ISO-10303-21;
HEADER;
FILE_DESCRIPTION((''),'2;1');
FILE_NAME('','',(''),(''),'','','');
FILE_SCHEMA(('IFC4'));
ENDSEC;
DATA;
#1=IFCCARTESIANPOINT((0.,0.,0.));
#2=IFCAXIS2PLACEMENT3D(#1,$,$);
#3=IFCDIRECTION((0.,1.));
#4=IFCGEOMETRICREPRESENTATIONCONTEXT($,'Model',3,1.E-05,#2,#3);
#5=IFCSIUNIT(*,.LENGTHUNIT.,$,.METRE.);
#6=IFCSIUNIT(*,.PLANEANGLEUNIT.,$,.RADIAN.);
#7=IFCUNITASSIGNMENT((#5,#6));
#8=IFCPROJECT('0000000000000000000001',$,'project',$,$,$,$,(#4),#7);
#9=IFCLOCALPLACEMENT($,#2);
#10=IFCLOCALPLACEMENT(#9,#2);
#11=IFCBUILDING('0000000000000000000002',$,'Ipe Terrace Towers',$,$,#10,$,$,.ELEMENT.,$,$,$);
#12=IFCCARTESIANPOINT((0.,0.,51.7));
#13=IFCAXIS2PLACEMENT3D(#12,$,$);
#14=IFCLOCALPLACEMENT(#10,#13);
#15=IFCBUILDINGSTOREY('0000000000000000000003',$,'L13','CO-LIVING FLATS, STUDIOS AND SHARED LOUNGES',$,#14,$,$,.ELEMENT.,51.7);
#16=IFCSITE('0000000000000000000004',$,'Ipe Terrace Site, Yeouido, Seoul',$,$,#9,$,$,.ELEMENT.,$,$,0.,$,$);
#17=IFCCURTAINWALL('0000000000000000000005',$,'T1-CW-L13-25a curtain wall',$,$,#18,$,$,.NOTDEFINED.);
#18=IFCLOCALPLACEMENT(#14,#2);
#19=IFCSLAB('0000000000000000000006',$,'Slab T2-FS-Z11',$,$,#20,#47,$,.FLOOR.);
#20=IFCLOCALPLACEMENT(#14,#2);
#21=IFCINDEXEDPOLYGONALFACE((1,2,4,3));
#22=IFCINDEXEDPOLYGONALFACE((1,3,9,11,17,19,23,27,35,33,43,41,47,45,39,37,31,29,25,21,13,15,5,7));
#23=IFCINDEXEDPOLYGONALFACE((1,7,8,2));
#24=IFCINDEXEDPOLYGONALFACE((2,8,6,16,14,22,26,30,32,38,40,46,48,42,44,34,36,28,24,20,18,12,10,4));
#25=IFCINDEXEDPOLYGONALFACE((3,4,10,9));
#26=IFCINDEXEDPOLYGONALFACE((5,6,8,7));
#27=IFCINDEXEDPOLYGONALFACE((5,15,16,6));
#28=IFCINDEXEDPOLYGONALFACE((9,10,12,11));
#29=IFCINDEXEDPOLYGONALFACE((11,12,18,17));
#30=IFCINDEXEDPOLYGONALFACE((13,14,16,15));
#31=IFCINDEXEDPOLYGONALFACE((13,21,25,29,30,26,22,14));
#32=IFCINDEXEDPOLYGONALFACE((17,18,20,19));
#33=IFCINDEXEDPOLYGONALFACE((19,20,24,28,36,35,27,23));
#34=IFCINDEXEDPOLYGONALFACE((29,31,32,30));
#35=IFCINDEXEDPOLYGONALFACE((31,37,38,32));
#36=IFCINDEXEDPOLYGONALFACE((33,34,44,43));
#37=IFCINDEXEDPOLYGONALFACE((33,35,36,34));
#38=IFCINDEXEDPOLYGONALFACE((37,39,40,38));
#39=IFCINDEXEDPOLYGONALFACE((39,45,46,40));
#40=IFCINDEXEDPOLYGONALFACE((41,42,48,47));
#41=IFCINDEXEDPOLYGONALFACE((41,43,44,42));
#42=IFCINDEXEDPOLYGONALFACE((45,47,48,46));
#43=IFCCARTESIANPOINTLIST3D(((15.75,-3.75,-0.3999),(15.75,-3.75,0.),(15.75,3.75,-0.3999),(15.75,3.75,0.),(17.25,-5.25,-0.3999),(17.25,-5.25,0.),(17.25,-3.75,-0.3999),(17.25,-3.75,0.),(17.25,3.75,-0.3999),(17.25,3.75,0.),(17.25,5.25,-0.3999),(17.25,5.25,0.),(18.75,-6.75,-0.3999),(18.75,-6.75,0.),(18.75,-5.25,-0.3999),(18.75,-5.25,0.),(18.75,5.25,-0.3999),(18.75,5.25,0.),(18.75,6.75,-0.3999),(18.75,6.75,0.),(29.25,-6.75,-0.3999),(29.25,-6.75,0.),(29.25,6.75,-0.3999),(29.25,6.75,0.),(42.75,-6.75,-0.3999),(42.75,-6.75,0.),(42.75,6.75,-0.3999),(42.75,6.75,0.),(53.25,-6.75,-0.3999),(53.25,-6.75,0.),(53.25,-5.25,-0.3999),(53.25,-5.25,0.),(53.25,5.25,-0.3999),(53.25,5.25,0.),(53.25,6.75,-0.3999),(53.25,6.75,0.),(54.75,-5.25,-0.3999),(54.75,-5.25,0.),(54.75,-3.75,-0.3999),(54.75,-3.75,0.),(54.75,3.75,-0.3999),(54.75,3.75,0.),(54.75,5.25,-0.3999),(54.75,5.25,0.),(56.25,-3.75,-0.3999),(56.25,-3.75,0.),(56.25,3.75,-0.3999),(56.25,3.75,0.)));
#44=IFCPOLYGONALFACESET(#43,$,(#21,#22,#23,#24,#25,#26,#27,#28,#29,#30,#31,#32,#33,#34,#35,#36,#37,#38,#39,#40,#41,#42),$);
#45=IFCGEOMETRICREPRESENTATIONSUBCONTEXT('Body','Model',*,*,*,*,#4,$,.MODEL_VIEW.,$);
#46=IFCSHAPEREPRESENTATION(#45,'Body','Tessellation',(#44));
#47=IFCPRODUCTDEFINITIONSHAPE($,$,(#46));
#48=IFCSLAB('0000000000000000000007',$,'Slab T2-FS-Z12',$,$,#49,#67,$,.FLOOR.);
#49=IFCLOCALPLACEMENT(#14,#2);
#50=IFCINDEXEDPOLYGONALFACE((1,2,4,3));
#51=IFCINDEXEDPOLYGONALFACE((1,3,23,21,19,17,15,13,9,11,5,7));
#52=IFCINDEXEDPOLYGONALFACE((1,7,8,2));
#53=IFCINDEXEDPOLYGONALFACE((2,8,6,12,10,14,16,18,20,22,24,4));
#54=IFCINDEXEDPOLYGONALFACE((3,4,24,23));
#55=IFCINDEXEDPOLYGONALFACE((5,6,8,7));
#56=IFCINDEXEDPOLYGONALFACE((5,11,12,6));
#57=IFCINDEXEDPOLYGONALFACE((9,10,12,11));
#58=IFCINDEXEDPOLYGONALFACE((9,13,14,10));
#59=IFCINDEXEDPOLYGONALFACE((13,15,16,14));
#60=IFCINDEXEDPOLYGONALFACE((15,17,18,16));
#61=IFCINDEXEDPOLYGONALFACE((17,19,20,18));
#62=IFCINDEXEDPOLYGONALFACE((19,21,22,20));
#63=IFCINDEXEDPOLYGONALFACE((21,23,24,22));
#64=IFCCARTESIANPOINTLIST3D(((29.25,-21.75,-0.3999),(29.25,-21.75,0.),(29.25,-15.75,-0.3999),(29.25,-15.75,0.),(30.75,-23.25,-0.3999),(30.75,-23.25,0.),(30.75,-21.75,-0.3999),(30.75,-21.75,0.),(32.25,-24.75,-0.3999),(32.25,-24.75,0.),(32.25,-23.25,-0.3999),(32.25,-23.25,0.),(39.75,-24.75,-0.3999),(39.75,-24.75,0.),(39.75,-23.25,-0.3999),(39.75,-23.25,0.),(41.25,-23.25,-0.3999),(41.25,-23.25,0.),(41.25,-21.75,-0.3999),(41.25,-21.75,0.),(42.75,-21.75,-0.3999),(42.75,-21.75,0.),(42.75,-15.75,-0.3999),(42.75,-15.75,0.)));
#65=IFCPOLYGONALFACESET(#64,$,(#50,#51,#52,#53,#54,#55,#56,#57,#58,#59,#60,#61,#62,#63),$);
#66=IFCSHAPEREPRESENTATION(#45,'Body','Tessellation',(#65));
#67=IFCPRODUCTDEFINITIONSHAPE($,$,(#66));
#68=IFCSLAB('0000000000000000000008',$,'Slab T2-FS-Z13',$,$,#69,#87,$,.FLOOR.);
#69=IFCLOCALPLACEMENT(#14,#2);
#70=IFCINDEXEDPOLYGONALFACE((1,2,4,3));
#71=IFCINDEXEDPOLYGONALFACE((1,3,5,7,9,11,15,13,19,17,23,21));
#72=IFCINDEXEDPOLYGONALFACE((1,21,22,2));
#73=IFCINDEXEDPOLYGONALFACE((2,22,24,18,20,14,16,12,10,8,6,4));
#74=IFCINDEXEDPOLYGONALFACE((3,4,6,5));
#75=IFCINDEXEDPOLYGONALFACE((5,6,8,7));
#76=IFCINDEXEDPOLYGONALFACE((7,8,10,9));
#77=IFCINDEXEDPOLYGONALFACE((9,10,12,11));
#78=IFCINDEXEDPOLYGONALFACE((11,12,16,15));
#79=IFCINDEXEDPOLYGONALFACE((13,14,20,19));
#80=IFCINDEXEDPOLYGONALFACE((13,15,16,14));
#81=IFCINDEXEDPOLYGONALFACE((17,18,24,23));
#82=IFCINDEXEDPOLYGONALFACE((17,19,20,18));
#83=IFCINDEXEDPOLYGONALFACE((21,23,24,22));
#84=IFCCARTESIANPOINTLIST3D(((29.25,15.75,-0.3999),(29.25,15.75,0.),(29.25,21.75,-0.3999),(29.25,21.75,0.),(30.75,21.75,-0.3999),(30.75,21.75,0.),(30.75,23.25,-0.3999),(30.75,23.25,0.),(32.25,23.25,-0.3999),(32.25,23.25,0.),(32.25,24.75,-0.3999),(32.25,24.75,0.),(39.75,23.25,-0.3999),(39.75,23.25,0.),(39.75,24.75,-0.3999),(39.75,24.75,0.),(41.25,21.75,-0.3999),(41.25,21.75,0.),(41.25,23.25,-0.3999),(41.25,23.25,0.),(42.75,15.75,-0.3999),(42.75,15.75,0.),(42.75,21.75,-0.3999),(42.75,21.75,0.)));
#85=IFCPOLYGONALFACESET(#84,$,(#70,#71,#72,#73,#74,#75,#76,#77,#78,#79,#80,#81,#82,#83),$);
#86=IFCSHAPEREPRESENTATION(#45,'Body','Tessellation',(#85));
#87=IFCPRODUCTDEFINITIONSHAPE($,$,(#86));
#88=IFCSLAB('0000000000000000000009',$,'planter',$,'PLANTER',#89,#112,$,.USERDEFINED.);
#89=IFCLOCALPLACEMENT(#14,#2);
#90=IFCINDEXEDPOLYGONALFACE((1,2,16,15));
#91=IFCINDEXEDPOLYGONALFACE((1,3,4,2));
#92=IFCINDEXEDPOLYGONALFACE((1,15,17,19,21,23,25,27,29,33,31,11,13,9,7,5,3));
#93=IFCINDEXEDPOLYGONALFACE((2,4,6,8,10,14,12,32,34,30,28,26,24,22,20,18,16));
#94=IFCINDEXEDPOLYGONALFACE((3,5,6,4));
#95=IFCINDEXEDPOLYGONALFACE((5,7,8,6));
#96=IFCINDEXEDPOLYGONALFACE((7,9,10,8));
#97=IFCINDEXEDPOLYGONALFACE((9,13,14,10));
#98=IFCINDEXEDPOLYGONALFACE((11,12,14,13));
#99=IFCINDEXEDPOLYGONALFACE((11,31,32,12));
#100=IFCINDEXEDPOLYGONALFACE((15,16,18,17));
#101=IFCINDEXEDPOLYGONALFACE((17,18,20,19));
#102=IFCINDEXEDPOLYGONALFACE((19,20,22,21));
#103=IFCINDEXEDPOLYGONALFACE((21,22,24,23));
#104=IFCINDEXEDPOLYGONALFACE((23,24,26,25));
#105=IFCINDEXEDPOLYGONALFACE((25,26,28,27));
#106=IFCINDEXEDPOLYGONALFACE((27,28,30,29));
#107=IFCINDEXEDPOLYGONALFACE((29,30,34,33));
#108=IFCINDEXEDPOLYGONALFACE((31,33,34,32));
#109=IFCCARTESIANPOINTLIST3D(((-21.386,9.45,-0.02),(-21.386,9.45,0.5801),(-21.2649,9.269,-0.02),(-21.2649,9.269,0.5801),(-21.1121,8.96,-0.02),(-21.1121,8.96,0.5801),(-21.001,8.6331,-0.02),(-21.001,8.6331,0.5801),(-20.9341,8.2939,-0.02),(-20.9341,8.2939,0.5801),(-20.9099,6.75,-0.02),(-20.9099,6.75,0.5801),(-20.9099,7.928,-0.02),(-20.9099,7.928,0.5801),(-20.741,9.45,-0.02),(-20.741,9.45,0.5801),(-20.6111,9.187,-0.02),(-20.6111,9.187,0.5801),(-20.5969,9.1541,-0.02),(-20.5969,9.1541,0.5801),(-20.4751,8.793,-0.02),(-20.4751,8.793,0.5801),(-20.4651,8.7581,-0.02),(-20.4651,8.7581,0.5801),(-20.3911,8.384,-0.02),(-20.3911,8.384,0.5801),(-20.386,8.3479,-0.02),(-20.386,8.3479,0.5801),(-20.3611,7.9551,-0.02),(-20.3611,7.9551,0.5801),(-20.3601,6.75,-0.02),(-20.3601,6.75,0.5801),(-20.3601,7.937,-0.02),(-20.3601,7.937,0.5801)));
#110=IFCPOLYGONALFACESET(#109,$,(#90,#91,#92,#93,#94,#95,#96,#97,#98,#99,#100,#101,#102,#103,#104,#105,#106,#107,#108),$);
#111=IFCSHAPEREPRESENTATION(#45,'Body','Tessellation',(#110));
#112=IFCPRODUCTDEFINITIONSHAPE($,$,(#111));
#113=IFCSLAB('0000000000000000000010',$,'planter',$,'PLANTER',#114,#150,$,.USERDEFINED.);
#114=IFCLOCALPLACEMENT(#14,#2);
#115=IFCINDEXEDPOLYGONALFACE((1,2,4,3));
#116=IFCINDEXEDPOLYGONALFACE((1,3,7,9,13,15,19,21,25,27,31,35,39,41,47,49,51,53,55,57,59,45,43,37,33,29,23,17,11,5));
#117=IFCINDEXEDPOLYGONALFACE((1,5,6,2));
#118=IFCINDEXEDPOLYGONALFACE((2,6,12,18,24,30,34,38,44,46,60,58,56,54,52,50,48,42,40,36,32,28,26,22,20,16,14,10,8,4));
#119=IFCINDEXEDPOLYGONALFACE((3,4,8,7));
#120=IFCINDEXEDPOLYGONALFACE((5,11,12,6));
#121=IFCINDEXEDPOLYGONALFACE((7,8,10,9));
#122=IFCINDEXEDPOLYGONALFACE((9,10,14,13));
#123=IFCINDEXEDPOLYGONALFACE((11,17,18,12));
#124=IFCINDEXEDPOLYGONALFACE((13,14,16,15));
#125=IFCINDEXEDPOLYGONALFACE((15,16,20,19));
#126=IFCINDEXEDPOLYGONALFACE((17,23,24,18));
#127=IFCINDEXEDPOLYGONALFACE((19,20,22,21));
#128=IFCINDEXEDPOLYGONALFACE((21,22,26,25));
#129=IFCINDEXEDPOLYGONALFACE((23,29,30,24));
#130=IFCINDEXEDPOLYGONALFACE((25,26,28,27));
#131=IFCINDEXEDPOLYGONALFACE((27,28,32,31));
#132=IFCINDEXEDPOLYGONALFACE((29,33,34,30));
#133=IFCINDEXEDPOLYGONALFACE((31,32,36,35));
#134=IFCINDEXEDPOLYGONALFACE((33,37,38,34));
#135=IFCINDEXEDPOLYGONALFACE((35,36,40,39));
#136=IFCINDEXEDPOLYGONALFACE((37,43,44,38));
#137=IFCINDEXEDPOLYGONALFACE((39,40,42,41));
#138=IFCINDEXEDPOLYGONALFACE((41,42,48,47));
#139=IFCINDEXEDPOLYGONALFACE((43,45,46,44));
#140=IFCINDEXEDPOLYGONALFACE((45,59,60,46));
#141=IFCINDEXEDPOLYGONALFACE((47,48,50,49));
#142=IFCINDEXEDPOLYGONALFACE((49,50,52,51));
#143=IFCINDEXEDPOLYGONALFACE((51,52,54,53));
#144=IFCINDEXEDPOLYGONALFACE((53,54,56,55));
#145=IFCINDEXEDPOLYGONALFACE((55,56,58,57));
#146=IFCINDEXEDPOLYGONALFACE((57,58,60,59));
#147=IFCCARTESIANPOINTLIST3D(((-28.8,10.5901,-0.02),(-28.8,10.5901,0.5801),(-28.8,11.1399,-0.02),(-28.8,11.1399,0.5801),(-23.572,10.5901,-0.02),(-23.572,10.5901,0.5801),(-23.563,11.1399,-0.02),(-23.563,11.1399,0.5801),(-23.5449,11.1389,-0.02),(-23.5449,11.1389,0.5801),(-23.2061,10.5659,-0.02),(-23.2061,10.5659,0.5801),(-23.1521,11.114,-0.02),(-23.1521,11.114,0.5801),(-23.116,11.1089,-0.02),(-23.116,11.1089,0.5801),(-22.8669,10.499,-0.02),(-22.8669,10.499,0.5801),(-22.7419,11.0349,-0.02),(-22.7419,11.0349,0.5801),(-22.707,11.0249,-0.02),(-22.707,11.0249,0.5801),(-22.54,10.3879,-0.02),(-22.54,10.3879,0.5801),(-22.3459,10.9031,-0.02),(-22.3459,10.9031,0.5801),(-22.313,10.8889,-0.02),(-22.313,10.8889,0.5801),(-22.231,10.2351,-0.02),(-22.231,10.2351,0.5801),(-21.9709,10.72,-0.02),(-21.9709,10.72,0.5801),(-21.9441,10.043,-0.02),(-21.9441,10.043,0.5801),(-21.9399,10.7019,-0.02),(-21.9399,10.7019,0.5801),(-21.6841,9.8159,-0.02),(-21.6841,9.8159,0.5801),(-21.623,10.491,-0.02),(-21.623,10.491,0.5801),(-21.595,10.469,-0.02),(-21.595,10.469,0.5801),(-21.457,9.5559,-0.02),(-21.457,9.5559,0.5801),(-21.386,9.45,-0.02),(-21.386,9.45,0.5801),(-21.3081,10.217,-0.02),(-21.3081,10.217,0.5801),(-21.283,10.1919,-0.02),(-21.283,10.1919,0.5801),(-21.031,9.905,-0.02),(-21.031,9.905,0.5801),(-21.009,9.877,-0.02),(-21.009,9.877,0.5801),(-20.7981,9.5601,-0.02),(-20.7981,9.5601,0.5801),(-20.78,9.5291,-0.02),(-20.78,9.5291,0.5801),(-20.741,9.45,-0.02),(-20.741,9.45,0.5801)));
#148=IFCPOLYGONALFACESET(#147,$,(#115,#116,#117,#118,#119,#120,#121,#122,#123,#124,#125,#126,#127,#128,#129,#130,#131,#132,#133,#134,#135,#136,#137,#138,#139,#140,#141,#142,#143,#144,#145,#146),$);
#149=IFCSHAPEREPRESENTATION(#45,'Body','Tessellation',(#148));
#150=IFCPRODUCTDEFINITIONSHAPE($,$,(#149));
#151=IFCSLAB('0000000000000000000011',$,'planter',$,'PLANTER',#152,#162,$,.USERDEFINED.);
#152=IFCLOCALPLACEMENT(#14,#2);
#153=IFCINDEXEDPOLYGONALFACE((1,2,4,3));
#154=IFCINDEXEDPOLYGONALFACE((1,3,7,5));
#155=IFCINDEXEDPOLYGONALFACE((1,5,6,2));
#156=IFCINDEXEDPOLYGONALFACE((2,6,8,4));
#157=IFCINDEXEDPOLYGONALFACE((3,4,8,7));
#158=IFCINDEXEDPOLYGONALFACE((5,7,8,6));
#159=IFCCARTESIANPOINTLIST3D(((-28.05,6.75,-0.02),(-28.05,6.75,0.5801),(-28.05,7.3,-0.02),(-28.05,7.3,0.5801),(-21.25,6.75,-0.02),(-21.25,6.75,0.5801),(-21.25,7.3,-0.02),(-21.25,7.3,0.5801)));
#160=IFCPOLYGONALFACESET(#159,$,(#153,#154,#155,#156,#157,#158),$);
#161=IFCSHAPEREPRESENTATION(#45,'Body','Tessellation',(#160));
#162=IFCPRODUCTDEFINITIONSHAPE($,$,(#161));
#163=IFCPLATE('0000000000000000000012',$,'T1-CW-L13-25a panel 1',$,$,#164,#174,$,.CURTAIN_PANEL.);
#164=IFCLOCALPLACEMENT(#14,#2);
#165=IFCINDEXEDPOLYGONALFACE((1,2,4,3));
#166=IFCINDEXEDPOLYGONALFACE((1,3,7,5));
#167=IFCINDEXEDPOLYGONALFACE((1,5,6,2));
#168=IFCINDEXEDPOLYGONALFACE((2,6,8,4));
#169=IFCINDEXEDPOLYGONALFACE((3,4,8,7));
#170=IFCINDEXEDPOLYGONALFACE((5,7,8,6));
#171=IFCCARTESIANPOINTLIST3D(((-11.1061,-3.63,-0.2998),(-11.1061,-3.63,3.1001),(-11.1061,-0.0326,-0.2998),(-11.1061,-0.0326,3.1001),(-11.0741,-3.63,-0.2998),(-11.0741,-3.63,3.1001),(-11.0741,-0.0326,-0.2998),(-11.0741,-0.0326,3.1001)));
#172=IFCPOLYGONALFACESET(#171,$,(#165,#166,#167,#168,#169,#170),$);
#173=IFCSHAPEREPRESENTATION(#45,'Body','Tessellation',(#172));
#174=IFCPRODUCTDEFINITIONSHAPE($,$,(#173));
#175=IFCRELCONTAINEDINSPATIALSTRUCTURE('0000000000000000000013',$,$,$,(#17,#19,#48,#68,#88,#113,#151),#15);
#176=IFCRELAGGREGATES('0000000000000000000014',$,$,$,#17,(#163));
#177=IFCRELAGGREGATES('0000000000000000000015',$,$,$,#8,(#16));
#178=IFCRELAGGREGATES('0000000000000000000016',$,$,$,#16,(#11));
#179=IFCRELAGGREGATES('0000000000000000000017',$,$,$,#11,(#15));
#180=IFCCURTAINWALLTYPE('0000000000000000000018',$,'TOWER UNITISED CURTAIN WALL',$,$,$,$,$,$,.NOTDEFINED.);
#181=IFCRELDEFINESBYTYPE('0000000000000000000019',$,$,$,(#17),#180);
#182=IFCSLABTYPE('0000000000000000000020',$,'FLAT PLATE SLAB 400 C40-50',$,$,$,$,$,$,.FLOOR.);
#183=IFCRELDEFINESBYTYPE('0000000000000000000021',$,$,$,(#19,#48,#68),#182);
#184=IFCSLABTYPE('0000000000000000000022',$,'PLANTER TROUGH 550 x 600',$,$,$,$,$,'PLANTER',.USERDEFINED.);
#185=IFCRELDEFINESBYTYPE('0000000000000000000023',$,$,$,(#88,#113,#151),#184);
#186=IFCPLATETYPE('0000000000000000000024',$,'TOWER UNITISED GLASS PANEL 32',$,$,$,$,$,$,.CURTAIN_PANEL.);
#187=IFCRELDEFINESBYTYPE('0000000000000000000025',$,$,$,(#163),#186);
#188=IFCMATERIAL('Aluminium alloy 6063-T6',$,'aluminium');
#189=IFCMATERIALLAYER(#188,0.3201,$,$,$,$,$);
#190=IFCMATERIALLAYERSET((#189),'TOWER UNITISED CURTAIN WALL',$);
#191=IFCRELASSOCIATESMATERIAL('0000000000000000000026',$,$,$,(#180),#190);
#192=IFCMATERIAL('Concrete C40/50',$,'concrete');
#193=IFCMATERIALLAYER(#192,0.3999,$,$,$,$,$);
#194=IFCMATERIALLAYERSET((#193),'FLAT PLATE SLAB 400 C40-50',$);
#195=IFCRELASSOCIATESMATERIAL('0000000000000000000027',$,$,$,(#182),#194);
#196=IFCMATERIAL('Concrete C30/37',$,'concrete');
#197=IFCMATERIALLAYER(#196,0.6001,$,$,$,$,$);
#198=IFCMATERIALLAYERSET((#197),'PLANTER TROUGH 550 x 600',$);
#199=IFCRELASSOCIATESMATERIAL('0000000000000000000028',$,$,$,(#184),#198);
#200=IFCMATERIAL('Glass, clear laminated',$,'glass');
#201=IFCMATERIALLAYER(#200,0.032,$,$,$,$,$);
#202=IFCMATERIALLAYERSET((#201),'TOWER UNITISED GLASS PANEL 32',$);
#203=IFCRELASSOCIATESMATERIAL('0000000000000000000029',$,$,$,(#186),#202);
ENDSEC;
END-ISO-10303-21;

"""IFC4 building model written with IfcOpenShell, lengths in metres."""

from ifc_helpers import new_model, si_unit, direction, frame, origin, origin_2d, place, context, subcontext, project, spatial, polyline, rectangle, outline, extrude, material, layer, layer_set, type_object, element, aggregate, save


model = new_model("IFC4")

# Units and contexts
model_context = context("Model", 3, precision=1e-05, world=origin(), true_north=direction((0.0, 1.0)))
body_context = subcontext(model_context, "Body", "Model", "MODEL_VIEW")
ifc_project = project(units=[si_unit("LENGTHUNIT", "METRE"), si_unit("PLANEANGLEUNIT", "RADIAN")], contexts=[model_context])

# Site, building, storey
site_placement = place(None, origin())
site = spatial("IfcSite", under=ifc_project, at=site_placement, Name="Ipe Terrace Site, Yeouido, Seoul", CompositionType="ELEMENT", RefElevation=0.0)
building_placement = place(site_placement, origin())
building = spatial("IfcBuilding", under=site, at=building_placement, Name="Ipe Terrace Towers", CompositionType="ELEMENT")
storey_placement = place(building_placement, frame((0.0, 0.0, 51.7)))
storey = spatial("IfcBuildingStorey", under=building, at=storey_placement, Name="L13", Description="CO-LIVING FLATS, STUDIOS AND SHARED LOUNGES", CompositionType="ELEMENT", Elevation=51.7)

# Curtain wall
ifc_material_1 = material(Name="Aluminium alloy 6063-T6", Category="aluminium")
ifc_layer_1 = layer(ifc_material_1, 0.3201)
ifc_layer_set_1 = layer_set([ifc_layer_1], Name="TOWER UNITISED CURTAIN WALL")
curtain_wall_type = type_object("IfcCurtainWallType", Name="TOWER UNITISED CURTAIN WALL", PredefinedType="NOTDEFINED", material=ifc_layer_set_1)
curtain_wall_placement = place(storey_placement, origin())
curtain_wall = element("IfcCurtainWall", 1, at=curtain_wall_placement, inside=storey, type_object=curtain_wall_type, Name="T1-CW-L13-25a curtain wall", PredefinedType="NOTDEFINED")

# Slabs
ifc_material_2 = material(Name="Concrete C40/50", Category="concrete")
ifc_layer_2 = layer(ifc_material_2, 0.3999)
ifc_layer_set_2 = layer_set([ifc_layer_2], Name="FLAT PLATE SLAB 400 C40-50")
slab_type_1 = type_object("IfcSlabType", Name="FLAT PLATE SLAB 400 C40-50", PredefinedType="FLOOR", material=ifc_layer_set_2)
slab_1_placement = place(storey_placement, frame((0.0, 0.0, -0.3999)))
element("IfcSlab", 2, at=slab_1_placement, inside=storey, type_object=slab_type_1, Name="Slab T2-FS-Z11", PredefinedType="FLOOR", context=body_context, shape_type="SweptSolid", body=[
    extrude(outline(polyline([(53.25, 5.25), (54.75, 5.25), (54.75, 3.75), (56.25, 3.75), (56.25, -3.75), (54.75, -3.75), (54.75, -5.25), (53.25, -5.25), (53.25, -6.75), (42.75, -6.75), (29.25, -6.75), (18.75, -6.75), (18.75, -5.25), (17.25, -5.25), (17.25, -3.75), (15.75, -3.75), (15.75, 3.75), (17.25, 3.75), (17.25, 5.25), (18.75, 5.25), (18.75, 6.75), (29.25, 6.75), (42.75, 6.75), (53.25, 6.75), (53.25, 5.25)])), origin(), (0.0, 0.0, 1.0), 0.3999),
])
slab_2_placement = place(storey_placement, frame((0.0, 0.0, -0.3999)))
element("IfcSlab", 3, at=slab_2_placement, inside=storey, type_object=slab_type_1, Name="Slab T2-FS-Z12", PredefinedType="FLOOR", context=body_context, shape_type="SweptSolid", body=[
    extrude(outline(polyline([(42.75, -21.75), (41.25, -21.75), (41.25, -23.25), (39.75, -23.25), (39.75, -24.75), (32.25, -24.75), (32.25, -23.25), (30.75, -23.25), (30.75, -21.75), (29.25, -21.75), (29.25, -15.75), (42.75, -15.75), (42.75, -21.75)])), origin(), (0.0, 0.0, 1.0), 0.3999),
])
slab_3_placement = place(storey_placement, frame((0.0, 0.0, -0.3999)))
element("IfcSlab", 4, at=slab_3_placement, inside=storey, type_object=slab_type_1, Name="Slab T2-FS-Z13", PredefinedType="FLOOR", context=body_context, shape_type="SweptSolid", body=[
    extrude(outline(polyline([(30.75, 21.75), (30.75, 23.25), (32.25, 23.25), (32.25, 24.75), (39.75, 24.75), (39.75, 23.25), (41.25, 23.25), (41.25, 21.75), (42.75, 21.75), (42.75, 15.75), (29.25, 15.75), (29.25, 21.75), (30.75, 21.75)])), origin(), (0.0, 0.0, 1.0), 0.3999),
])
ifc_material_3 = material(Name="Concrete C30/37", Category="concrete")
ifc_layer_3 = layer(ifc_material_3, 0.6001)
ifc_layer_set_3 = layer_set([ifc_layer_3], Name="PLANTER TROUGH 550 x 600")
slab_type_2 = type_object("IfcSlabType", Name="PLANTER TROUGH 550 x 600", ElementType="PLANTER", PredefinedType="USERDEFINED", material=ifc_layer_set_3)
slab_4_placement = place(storey_placement, frame((0.0, 0.0, -0.02)))
element("IfcSlab", 5, at=slab_4_placement, inside=storey, type_object=slab_type_2, Name="planter", ObjectType="PLANTER", PredefinedType="USERDEFINED", context=body_context, shape_type="SweptSolid", body=[
    extrude(outline(polyline([(-21.001, 8.6331), (-20.9341, 8.2939), (-20.9099, 7.928), (-20.9099, 6.75), (-20.3601, 6.75), (-20.3601, 7.937), (-20.3611, 7.9551), (-20.386, 8.3479), (-20.3911, 8.384), (-20.4651, 8.7581), (-20.4751, 8.793), (-20.5969, 9.1541), (-20.6111, 9.187), (-20.741, 9.45), (-21.386, 9.45), (-21.2649, 9.269), (-21.1121, 8.96), (-21.001, 8.6331)])), origin(), (0.0, 0.0, 1.0), 0.6001),
])
slab_5_placement = place(storey_placement, frame((0.0, 0.0, -0.02)))
element("IfcSlab", 6, at=slab_5_placement, inside=storey, type_object=slab_type_2, Name="planter", ObjectType="PLANTER", PredefinedType="USERDEFINED", context=body_context, shape_type="SweptSolid", body=[
    extrude(outline(polyline([(-21.457, 9.5559), (-21.386, 9.45), (-20.741, 9.45), (-20.78, 9.5291), (-20.7981, 9.5601), (-21.009, 9.877), (-21.031, 9.905), (-21.283, 10.1919), (-21.3081, 10.217), (-21.595, 10.469), (-21.623, 10.491), (-21.9399, 10.7019), (-21.9709, 10.72), (-22.313, 10.8889), (-22.3459, 10.9031), (-22.707, 11.0249), (-22.7419, 11.0349), (-23.116, 11.1089), (-23.1521, 11.114), (-23.5449, 11.1389), (-23.563, 11.1399), (-28.8, 11.1399), (-28.8, 10.5901), (-23.572, 10.5901), (-23.2061, 10.5659), (-22.8669, 10.499), (-22.54, 10.3879), (-22.231, 10.2351), (-21.9441, 10.043), (-21.6841, 9.8159), (-21.457, 9.5559)])), origin(), (0.0, 0.0, 1.0), 0.6001),
])
slab_6_placement = place(storey_placement, frame((0.0, 0.0, -0.02)))
element("IfcSlab", 7, at=slab_6_placement, inside=storey, type_object=slab_type_2, Name="planter", ObjectType="PLANTER", PredefinedType="USERDEFINED", context=body_context, shape_type="SweptSolid", body=[
    extrude(outline(polyline([(-28.05, 6.75), (-21.25, 6.75), (-21.25, 7.3), (-28.05, 7.3), (-28.05, 6.75)])), origin(), (0.0, 0.0, 1.0), 0.6001),
])

# Plate
ifc_material_4 = material(Name="Glass, clear laminated", Category="glass")
ifc_layer_4 = layer(ifc_material_4, 0.032)
ifc_layer_set_4 = layer_set([ifc_layer_4], Name="TOWER UNITISED GLASS PANEL 32")
plate_type = type_object("IfcPlateType", Name="TOWER UNITISED GLASS PANEL 32", PredefinedType="CURTAIN_PANEL", material=ifc_layer_set_4)
plate_placement = place(storey_placement, frame((-11.0901, -1.8313, -0.2998), z_axis=(0.0, 0.0, 1.0), x_axis=(0.0, 1.0, 0.0)))
plate = element("IfcPlate", 8, at=plate_placement, type_object=plate_type, Name="T1-CW-L13-25a panel 1", PredefinedType="CURTAIN_PANEL", context=body_context, shape_type="SweptSolid", body=[
    extrude(rectangle(XDim=3.5974, YDim=0.032, at=origin_2d()), origin(), (0.0, 0.0, 1.0), 3.3999),
])
aggregate(curtain_wall, [plate])

save(model, "model.ifc")
